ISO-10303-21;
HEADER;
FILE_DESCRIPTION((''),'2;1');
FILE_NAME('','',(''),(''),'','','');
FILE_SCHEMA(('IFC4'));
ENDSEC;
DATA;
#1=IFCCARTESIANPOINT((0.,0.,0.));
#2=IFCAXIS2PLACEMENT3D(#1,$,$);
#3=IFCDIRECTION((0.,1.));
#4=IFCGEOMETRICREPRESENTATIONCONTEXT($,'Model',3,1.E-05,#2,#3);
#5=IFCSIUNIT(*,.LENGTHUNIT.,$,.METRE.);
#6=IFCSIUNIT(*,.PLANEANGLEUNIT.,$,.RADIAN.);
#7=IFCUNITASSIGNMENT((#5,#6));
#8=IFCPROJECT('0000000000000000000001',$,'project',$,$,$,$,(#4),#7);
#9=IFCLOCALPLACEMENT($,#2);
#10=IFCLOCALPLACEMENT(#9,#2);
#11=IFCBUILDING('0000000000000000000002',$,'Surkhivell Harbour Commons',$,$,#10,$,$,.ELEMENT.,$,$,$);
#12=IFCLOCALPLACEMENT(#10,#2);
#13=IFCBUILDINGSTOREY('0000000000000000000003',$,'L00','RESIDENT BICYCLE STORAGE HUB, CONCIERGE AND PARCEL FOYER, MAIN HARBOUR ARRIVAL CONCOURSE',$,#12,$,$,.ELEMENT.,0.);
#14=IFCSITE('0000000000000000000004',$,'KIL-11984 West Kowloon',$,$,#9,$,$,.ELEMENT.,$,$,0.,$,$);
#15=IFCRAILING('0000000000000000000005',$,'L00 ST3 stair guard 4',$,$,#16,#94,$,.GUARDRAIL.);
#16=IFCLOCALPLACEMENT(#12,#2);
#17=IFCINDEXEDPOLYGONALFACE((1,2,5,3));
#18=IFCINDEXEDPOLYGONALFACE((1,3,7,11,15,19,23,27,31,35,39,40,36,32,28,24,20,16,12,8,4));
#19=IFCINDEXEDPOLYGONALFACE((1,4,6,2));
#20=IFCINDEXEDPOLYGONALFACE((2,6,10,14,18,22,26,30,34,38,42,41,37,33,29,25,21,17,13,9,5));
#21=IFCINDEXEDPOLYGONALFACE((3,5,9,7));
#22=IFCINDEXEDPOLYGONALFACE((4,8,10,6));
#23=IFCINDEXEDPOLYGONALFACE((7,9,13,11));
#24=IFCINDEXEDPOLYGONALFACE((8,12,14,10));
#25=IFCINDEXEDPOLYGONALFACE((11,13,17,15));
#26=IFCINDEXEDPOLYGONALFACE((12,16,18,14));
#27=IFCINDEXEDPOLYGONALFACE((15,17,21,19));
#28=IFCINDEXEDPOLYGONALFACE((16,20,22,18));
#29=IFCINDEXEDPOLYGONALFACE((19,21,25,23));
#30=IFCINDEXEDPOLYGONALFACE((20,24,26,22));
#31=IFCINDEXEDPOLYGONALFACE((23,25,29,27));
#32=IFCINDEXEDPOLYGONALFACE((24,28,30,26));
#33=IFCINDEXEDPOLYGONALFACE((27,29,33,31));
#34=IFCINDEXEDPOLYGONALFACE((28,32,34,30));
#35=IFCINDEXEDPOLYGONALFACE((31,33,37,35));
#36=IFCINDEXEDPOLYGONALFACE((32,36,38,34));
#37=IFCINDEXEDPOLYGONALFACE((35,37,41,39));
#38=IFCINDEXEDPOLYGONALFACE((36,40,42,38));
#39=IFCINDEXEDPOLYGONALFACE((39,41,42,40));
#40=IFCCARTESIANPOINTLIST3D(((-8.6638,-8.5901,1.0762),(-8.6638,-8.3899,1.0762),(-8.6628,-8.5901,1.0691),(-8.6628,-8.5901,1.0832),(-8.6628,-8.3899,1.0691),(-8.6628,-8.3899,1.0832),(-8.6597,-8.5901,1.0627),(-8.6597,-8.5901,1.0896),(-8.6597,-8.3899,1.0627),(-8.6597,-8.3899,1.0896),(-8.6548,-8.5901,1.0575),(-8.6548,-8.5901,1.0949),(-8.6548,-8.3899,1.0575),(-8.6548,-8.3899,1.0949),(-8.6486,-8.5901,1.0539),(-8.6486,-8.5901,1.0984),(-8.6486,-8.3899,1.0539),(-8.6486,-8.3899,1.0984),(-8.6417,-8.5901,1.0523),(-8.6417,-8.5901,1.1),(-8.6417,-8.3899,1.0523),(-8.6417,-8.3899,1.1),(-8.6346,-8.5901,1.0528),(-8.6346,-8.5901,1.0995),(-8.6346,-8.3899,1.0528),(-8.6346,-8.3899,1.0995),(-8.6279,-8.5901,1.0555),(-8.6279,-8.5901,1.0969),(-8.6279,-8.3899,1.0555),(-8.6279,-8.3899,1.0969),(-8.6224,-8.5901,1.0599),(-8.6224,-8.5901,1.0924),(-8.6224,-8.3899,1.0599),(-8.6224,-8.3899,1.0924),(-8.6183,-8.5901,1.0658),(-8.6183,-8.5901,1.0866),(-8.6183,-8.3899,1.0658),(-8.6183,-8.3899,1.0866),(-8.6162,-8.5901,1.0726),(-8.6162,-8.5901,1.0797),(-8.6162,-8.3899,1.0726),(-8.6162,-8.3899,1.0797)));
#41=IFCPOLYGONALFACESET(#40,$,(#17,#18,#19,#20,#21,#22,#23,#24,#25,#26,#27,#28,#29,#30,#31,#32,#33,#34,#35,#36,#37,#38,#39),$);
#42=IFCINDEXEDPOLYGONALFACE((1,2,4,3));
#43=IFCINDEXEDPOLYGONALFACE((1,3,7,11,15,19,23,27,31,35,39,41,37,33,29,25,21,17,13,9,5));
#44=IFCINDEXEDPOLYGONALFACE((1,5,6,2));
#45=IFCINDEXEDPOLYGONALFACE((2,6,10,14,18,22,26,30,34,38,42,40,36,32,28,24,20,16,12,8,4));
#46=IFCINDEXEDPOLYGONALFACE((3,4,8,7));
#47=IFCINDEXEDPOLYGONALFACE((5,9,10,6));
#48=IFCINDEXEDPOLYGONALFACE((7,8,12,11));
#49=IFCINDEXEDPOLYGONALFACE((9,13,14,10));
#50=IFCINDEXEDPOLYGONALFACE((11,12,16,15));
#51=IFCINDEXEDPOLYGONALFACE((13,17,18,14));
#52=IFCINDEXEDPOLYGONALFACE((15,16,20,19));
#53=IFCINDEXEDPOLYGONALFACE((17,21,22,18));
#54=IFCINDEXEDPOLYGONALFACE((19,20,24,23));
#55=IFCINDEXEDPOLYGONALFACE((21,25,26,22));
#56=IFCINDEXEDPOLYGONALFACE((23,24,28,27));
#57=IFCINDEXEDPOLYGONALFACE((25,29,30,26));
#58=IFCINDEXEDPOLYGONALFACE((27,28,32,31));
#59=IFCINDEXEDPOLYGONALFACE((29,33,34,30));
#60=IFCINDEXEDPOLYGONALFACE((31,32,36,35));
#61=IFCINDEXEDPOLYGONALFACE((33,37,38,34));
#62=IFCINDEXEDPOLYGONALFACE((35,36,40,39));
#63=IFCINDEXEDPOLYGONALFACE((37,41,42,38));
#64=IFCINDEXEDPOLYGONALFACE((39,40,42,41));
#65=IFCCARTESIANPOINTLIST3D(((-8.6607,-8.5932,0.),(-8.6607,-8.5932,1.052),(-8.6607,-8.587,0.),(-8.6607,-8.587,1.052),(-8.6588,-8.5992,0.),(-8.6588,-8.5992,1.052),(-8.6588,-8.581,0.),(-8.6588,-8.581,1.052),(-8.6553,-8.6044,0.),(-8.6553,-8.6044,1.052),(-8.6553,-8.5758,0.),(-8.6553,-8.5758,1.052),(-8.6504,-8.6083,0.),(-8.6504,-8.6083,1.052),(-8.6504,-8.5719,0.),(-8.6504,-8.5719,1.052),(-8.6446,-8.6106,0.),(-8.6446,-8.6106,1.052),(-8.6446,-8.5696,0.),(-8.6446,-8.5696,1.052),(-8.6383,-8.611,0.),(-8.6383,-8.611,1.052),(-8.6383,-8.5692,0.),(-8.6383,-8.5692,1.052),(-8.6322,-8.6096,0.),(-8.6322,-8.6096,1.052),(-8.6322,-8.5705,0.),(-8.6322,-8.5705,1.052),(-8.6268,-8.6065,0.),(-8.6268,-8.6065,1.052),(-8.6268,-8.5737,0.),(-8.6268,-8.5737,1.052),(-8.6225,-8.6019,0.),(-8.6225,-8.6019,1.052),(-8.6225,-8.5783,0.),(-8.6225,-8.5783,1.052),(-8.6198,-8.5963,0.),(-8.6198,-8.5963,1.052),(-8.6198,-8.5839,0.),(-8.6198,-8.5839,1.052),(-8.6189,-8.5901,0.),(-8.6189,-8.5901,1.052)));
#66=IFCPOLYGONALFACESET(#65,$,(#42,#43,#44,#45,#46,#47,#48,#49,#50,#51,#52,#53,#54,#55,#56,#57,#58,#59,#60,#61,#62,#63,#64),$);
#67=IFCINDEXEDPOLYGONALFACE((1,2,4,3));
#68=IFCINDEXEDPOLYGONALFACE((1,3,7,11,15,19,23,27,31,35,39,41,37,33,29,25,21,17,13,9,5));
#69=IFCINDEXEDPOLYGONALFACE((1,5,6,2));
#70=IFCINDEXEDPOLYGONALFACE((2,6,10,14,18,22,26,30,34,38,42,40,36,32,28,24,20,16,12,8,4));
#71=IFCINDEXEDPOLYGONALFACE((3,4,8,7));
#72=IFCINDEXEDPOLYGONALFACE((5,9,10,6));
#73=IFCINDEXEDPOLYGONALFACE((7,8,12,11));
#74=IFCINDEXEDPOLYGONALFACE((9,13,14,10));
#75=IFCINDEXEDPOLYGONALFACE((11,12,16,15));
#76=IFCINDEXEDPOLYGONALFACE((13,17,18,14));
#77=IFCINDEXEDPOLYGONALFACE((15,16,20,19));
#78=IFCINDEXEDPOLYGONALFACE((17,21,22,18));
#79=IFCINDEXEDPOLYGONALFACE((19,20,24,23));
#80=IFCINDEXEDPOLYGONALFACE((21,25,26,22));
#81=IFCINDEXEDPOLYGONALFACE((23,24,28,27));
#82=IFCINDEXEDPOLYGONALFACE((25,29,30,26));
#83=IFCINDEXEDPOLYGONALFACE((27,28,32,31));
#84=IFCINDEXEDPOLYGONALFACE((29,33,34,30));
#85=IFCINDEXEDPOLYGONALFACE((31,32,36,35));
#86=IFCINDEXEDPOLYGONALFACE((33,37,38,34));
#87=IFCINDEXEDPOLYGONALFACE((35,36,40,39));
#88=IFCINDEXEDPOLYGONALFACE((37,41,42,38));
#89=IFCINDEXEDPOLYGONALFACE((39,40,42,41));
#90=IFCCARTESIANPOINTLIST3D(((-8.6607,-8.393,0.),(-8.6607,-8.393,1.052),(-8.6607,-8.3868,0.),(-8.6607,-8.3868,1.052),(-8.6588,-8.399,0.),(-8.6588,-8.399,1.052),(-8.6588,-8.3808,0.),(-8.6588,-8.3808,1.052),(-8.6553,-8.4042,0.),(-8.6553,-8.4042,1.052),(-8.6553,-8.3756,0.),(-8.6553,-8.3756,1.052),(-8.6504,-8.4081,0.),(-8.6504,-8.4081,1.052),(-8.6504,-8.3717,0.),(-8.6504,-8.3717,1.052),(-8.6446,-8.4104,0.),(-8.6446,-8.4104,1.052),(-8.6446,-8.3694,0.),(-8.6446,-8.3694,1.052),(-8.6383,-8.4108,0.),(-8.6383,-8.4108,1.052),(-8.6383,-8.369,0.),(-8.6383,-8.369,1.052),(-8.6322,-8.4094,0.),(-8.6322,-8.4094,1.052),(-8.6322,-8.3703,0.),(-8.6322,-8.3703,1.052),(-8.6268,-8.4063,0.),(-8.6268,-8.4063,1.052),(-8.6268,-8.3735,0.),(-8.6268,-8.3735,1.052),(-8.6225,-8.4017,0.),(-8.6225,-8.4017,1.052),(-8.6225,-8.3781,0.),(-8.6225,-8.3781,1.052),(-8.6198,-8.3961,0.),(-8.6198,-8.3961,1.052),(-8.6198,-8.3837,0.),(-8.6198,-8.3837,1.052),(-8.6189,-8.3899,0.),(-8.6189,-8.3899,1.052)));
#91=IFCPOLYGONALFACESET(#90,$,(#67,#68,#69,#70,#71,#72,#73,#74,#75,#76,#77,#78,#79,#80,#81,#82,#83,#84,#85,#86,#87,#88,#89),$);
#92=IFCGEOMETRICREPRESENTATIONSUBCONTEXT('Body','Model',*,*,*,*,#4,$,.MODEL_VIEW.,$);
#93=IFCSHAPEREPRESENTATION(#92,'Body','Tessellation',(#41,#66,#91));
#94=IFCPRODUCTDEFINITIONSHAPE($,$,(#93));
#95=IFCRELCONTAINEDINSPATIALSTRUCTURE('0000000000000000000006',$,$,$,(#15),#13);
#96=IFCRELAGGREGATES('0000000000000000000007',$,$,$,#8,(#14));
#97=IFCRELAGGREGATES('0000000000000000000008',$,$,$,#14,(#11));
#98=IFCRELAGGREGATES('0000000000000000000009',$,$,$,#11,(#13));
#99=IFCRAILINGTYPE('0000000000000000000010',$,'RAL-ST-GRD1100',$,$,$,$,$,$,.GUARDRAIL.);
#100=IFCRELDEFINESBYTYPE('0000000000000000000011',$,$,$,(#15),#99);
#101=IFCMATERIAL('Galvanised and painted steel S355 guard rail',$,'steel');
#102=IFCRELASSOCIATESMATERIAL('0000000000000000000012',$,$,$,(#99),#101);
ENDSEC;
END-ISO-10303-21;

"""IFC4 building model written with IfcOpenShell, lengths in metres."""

from ifc_helpers import new_model, si_unit, direction, frame, origin, origin_2d, place, context, subcontext, project, spatial, circle, extrude, material, type_object, element, save


model = new_model("IFC4")

# Units and contexts
model_context = context("Model", 3, precision=1e-05, world=origin(), true_north=direction((0.0, 1.0)))
body_context = subcontext(model_context, "Body", "Model", "MODEL_VIEW")
ifc_project = project(units=[si_unit("LENGTHUNIT", "METRE"), si_unit("PLANEANGLEUNIT", "RADIAN")], contexts=[model_context])

# Site, building, storey
site_placement = place(None, origin())
site = spatial("IfcSite", under=ifc_project, at=site_placement, Name="KIL-11984 West Kowloon", CompositionType="ELEMENT", RefElevation=0.0)
building_placement = place(site_placement, origin())
building = spatial("IfcBuilding", under=site, at=building_placement, Name="Surkhivell Harbour Commons", CompositionType="ELEMENT")
storey_placement = place(building_placement, origin())
storey = spatial("IfcBuildingStorey", under=building, at=storey_placement, Name="L00", Description="RESIDENT BICYCLE STORAGE HUB, CONCIERGE AND PARCEL FOYER, MAIN HARBOUR ARRIVAL CONCOURSE", CompositionType="ELEMENT", Elevation=0.0)

# Railing
ifc_material_1 = material(Name="Galvanised and painted steel S355 guard rail", Category="steel")
railing_type_1 = type_object("IfcRailingType", Name="RAL-ST-GRD1100", PredefinedType="GUARDRAIL", material=ifc_material_1)
railing_1_placement = place(storey_placement, frame((-8.6399, -8.5901, 0.0)))
element("IfcRailing", 1, at=railing_1_placement, inside=storey, type_object=railing_type_1, Name="L00 ST3 stair guard 4", PredefinedType="GUARDRAIL", context=body_context, shape_type="SweptSolid", body=[
    extrude(circle(Radius=0.0239, at=origin_2d()), frame((0.0, 0.0, 1.0762), z_axis=(0.0, 1.0, 0.0), x_axis=(-1.0, 0.0, 0.0)), (0.0, 0.0, 1.0), 0.2002),
    extrude(circle(Radius=0.021, at=origin_2d()), origin(), (0.0, 0.0, 1.0), 1.052),
    extrude(circle(Radius=0.021, at=origin_2d()), frame((0.0, 0.2002, 0.0)), (0.0, 0.0, 1.0), 1.052),
])

save(model, "model.ifc")
